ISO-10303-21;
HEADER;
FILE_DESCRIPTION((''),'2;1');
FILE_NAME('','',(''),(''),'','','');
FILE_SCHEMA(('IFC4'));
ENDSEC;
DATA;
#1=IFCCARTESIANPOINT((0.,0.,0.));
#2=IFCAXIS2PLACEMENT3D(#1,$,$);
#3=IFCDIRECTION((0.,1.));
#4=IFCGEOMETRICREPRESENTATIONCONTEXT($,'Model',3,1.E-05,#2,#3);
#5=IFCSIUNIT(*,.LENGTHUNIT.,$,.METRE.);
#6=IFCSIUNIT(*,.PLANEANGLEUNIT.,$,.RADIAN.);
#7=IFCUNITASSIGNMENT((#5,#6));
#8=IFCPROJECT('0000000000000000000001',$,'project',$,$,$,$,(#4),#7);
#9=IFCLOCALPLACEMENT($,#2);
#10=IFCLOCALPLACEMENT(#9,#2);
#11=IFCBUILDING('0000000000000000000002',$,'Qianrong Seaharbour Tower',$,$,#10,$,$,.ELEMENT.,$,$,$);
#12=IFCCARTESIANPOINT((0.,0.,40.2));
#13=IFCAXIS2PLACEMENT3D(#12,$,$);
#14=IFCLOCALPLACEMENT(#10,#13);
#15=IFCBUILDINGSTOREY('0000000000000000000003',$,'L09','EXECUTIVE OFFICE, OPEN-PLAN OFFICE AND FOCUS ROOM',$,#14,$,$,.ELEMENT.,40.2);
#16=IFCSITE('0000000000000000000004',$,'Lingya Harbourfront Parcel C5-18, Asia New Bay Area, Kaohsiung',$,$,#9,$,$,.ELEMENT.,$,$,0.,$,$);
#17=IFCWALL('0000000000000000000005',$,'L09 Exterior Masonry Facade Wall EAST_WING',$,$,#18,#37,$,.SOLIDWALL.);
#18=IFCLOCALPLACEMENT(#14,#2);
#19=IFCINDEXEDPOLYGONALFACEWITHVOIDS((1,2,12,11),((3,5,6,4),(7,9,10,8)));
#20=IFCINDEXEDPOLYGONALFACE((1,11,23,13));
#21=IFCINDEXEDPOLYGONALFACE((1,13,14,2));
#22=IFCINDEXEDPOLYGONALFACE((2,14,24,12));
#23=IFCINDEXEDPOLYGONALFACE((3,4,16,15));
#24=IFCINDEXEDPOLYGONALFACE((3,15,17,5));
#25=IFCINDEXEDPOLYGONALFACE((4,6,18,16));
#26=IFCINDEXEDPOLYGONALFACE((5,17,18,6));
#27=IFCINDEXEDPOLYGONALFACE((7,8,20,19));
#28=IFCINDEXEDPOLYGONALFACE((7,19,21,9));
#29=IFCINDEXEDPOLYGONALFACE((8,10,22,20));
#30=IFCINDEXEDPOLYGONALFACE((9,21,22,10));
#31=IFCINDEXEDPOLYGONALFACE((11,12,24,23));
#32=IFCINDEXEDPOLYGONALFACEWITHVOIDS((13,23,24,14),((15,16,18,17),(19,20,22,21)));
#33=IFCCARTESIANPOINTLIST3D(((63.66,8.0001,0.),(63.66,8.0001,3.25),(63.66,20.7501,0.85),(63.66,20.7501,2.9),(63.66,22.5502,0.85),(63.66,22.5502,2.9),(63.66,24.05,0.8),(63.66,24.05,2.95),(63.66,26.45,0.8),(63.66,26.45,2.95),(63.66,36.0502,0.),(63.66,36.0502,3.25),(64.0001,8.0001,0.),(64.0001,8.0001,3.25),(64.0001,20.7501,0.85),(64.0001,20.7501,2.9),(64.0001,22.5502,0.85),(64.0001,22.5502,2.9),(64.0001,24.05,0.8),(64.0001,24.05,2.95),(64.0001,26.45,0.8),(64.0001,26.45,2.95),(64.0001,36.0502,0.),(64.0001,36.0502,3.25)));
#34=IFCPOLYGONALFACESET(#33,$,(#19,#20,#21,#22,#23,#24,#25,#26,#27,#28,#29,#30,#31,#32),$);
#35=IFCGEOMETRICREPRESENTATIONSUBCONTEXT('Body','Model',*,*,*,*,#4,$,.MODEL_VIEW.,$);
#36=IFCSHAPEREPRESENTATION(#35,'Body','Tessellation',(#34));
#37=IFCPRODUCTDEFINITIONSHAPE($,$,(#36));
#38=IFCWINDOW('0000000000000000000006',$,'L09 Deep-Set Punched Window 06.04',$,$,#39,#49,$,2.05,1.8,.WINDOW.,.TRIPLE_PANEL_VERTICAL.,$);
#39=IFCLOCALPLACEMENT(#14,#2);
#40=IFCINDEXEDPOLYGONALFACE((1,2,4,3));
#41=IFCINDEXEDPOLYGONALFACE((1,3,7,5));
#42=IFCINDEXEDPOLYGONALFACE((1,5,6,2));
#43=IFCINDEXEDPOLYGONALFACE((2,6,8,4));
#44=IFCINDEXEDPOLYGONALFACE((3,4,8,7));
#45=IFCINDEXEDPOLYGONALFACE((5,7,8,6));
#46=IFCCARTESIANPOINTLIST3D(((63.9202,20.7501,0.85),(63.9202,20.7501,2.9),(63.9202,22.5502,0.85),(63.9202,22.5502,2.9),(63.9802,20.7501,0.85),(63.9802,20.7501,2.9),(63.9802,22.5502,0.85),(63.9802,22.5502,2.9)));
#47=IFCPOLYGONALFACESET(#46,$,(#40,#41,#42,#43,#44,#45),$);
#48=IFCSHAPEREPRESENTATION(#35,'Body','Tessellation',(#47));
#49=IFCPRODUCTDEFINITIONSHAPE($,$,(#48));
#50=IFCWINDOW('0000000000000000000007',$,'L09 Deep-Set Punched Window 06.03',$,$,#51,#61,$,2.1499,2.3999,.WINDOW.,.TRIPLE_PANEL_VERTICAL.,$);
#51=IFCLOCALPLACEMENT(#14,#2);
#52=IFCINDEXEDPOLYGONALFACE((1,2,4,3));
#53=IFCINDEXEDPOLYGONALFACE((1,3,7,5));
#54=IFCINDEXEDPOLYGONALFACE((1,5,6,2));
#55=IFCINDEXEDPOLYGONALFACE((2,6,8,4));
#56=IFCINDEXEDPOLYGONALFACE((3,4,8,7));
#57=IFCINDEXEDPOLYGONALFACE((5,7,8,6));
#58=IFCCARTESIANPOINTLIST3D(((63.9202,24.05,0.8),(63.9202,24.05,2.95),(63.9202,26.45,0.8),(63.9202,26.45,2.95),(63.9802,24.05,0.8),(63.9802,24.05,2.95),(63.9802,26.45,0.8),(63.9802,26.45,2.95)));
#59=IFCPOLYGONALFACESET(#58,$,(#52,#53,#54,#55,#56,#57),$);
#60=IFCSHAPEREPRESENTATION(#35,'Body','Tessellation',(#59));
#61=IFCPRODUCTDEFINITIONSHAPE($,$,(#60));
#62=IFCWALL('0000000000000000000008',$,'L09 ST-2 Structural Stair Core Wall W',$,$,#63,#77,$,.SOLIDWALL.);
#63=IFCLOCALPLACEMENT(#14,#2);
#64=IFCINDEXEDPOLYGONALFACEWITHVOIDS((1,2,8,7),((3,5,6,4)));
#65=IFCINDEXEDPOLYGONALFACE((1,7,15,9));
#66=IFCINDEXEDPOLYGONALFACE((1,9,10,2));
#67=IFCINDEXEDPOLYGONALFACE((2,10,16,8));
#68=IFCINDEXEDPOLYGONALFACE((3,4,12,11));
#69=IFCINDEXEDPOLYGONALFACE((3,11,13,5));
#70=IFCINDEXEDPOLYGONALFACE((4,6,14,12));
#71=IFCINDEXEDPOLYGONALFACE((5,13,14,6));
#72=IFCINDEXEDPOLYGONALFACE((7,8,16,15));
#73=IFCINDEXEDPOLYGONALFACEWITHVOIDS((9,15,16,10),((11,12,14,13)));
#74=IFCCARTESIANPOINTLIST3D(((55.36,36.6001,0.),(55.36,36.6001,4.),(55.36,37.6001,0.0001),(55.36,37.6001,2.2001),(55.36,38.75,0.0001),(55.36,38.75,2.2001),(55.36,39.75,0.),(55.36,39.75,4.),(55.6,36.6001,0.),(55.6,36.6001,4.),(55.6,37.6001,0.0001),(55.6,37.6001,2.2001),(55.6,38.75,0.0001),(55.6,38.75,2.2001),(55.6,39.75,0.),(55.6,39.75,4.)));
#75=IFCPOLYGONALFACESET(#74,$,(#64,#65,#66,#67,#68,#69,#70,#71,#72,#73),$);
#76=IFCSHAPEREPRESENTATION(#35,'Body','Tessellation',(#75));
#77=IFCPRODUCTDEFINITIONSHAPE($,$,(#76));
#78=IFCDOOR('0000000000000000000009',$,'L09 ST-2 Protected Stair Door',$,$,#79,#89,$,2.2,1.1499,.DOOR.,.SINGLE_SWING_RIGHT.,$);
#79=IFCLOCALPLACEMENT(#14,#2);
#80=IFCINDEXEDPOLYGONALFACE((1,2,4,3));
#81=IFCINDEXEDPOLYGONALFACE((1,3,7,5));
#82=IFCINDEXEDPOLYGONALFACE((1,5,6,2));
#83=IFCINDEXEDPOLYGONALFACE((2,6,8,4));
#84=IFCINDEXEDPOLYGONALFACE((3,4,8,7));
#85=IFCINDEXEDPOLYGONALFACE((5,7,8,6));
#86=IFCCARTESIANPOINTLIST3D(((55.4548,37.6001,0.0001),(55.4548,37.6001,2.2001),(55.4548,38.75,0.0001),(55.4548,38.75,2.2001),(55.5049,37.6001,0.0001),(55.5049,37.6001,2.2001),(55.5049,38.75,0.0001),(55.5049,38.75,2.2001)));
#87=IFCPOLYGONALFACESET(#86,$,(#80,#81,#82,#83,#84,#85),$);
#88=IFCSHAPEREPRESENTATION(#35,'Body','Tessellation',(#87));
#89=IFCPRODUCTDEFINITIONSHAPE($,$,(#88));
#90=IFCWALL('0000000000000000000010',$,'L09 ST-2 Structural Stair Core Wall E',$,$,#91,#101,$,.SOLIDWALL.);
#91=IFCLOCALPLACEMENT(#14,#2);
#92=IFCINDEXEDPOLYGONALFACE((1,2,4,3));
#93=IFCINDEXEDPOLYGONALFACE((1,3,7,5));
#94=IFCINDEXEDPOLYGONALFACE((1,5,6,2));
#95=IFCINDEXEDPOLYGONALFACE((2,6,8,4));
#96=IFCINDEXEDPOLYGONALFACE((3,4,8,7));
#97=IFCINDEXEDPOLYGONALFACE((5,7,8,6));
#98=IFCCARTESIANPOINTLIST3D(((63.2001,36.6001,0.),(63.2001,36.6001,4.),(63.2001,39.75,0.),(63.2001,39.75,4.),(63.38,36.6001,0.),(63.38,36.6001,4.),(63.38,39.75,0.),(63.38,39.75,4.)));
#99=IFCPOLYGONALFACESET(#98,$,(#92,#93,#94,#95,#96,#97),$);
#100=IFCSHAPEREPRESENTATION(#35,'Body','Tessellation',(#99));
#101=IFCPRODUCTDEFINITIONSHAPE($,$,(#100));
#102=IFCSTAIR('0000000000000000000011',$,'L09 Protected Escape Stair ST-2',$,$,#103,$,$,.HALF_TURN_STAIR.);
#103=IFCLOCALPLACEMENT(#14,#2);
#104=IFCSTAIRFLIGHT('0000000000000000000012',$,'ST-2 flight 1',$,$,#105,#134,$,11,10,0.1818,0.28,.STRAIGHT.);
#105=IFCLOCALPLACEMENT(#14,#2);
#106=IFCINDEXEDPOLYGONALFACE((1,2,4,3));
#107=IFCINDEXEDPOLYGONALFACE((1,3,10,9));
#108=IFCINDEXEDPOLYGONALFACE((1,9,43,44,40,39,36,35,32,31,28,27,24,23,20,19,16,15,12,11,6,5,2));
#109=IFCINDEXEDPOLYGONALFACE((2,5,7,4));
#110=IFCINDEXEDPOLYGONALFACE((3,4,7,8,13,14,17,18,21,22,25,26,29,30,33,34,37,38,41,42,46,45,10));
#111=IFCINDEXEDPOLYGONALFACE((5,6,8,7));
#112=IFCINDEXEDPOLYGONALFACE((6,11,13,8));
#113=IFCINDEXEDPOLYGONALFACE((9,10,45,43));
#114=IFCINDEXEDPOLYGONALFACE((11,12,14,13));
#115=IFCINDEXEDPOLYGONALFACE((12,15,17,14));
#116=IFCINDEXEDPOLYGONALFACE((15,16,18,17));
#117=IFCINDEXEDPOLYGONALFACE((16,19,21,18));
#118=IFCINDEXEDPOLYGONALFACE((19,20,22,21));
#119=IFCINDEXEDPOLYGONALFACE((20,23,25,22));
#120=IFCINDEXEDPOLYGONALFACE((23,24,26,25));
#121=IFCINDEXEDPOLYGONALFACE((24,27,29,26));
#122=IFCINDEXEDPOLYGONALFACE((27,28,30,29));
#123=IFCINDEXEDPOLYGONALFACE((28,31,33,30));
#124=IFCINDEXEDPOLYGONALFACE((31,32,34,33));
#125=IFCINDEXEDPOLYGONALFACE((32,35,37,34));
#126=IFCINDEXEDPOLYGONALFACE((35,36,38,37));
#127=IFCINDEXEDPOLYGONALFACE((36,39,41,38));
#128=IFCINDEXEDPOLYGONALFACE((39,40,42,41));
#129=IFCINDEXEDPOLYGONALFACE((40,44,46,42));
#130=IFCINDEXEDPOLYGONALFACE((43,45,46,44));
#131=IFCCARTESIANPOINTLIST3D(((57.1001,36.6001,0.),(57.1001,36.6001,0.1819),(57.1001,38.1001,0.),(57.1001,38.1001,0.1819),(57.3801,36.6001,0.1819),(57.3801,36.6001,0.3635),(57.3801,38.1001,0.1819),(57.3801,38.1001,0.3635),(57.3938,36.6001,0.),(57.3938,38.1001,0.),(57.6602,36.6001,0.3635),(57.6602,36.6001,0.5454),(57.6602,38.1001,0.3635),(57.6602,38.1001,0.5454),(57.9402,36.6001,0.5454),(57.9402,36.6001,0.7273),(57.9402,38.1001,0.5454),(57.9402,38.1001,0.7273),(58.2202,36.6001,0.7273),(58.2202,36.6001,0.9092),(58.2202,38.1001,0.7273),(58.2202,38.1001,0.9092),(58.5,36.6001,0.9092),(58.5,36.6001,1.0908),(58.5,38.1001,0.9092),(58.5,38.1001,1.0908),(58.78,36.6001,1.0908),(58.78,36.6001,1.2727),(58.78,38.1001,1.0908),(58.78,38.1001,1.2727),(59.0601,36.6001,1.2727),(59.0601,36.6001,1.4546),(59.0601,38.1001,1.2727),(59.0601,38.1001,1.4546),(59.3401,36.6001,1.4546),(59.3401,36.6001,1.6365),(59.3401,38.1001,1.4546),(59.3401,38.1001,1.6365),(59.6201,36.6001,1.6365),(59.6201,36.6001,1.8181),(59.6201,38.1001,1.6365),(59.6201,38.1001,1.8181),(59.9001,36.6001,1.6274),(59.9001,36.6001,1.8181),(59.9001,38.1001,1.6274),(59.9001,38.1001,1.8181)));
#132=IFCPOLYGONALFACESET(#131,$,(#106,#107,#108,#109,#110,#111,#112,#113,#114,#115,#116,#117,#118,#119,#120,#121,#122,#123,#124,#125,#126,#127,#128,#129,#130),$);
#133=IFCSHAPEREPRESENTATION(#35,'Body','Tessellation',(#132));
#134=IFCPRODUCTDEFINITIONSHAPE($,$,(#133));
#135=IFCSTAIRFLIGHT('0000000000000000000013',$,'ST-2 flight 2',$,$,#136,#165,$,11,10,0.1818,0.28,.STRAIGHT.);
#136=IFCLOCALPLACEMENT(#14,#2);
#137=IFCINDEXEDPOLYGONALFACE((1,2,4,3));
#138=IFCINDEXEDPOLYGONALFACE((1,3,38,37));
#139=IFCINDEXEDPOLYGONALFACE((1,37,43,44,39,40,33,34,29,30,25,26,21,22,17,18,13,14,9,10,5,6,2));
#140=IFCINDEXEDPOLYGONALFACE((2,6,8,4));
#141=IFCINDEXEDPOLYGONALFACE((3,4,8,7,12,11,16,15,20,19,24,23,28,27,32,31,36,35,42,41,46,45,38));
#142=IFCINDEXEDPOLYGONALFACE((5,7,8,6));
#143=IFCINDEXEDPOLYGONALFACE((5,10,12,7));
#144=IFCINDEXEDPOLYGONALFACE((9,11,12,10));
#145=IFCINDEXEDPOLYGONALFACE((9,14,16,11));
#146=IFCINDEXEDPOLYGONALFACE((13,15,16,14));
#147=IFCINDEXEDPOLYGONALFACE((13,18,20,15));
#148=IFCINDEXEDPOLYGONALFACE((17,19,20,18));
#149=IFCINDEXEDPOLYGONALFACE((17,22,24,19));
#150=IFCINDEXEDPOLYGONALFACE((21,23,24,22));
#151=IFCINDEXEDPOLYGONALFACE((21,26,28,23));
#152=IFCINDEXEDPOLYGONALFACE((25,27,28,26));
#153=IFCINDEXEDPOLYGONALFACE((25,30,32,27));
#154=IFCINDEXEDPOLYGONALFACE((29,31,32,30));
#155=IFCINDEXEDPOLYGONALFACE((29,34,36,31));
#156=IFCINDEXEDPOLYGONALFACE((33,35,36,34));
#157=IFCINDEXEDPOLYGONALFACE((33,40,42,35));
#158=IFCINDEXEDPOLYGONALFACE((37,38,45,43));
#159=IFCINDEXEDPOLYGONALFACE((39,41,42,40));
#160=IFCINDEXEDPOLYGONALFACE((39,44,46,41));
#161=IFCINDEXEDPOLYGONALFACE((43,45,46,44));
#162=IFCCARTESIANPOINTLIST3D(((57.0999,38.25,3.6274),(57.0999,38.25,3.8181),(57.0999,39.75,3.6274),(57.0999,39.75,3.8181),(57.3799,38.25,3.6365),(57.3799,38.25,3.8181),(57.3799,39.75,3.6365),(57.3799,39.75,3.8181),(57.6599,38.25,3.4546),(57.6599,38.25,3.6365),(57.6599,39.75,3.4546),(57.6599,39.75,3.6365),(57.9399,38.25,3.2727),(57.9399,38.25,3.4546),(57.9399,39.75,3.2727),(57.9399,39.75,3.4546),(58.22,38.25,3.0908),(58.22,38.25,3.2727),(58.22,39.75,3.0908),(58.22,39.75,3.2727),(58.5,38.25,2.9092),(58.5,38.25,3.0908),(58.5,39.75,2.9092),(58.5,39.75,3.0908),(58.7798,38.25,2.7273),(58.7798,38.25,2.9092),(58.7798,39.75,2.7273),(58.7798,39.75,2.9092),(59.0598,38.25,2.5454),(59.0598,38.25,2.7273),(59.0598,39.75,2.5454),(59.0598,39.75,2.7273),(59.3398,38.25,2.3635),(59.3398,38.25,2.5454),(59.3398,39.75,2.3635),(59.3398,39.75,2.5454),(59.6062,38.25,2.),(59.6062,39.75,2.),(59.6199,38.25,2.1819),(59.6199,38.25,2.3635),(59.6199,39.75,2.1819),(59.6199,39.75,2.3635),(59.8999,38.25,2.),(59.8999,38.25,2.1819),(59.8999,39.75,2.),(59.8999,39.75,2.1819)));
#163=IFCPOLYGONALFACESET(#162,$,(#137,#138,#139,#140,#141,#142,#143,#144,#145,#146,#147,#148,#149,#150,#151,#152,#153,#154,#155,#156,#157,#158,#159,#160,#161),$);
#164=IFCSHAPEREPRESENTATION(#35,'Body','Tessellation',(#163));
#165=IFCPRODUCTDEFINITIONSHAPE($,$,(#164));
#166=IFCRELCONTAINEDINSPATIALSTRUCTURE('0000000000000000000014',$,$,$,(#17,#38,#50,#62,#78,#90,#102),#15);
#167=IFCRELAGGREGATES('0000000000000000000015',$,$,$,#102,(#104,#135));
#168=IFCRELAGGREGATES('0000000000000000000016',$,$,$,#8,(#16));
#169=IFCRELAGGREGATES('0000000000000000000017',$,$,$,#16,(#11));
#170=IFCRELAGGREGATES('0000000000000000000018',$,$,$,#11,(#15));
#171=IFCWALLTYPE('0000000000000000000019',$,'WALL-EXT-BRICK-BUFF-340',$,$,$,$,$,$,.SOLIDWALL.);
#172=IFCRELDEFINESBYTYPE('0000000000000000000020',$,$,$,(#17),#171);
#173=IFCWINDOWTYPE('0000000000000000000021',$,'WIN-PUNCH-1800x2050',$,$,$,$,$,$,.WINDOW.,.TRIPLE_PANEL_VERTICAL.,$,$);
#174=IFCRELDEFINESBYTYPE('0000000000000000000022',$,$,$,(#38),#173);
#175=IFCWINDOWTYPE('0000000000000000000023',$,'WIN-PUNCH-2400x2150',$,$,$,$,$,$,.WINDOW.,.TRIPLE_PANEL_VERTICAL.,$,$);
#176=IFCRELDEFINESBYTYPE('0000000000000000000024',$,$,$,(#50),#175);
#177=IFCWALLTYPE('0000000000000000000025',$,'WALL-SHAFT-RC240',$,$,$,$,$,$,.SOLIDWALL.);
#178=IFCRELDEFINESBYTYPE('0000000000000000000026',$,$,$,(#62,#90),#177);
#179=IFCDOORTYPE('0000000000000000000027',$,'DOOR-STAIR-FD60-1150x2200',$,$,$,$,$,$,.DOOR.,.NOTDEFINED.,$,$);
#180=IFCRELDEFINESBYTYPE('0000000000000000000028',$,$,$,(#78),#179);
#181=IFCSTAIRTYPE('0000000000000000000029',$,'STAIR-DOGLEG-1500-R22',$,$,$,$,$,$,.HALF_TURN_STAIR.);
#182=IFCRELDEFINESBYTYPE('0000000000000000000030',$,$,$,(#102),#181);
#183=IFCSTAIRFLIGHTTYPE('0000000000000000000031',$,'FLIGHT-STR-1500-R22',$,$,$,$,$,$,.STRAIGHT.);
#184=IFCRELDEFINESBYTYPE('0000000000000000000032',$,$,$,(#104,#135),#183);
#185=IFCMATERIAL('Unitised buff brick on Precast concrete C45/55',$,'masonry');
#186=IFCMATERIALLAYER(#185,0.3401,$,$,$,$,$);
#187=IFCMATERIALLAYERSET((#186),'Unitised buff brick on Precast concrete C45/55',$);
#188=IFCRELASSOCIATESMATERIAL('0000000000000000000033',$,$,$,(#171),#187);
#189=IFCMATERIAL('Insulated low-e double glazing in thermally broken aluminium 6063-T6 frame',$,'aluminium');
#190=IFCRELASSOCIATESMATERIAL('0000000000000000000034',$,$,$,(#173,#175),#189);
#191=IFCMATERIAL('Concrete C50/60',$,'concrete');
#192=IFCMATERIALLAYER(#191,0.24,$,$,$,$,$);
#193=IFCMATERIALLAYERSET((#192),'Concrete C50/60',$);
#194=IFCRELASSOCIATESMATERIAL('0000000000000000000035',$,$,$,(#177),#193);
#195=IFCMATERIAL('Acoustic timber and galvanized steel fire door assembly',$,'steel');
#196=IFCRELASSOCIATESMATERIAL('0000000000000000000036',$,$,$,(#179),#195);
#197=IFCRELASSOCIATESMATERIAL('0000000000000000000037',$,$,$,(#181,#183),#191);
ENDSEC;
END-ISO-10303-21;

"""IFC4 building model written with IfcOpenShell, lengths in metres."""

from ifc_helpers import new_model, si_unit, direction, frame, frame_2d, origin, place, context, subcontext, project, spatial, polyline, rectangle, outline, extrude, material, layer, layer_set, type_object, element, fill, aggregate, save


model = new_model("IFC4")

# Units and contexts
model_context = context("Model", 3, precision=1e-05, world=origin(), true_north=direction((0.0, 1.0)))
body_context = subcontext(model_context, "Body", "Model", "MODEL_VIEW")
ifc_project = project(units=[si_unit("LENGTHUNIT", "METRE"), si_unit("PLANEANGLEUNIT", "RADIAN")], contexts=[model_context])

# Site, building, storey
site_placement = place(None, origin())
site = spatial("IfcSite", under=ifc_project, at=site_placement, Name="Lingya Harbourfront Parcel C5-18, Asia New Bay Area, Kaohsiung", CompositionType="ELEMENT", RefElevation=0.0)
building_placement = place(site_placement, origin())
building = spatial("IfcBuilding", under=site, at=building_placement, Name="Qianrong Seaharbour Tower", CompositionType="ELEMENT")
storey_placement = place(building_placement, frame((0.0, 0.0, 40.2)))
storey = spatial("IfcBuildingStorey", under=building, at=storey_placement, Name="L09", Description="EXECUTIVE OFFICE, OPEN-PLAN OFFICE AND FOCUS ROOM", CompositionType="ELEMENT", Elevation=40.2)

# Shared definitions
ifc_material_1 = material(Name="Acoustic timber and galvanized steel fire door assembly", Category="steel")

# Wall, openings, windows
ifc_material_2 = material(Name="Unitised buff brick on Precast concrete C45/55", Category="masonry")
ifc_layer_1 = layer(ifc_material_2, 0.3401)
ifc_layer_set_1 = layer_set([ifc_layer_1], Name="Unitised buff brick on Precast concrete C45/55")
wall_type_1 = type_object("IfcWallType", Name="WALL-EXT-BRICK-BUFF-340", PredefinedType="SOLIDWALL", material=ifc_layer_set_1)
wall_1_placement = place(storey_placement, frame((63.8301, 36.05, 0.0), z_axis=(0.0, 0.0, 1.0), x_axis=(0.0, -1.0, 0.0)))
wall_1 = element("IfcWall", 1, at=wall_1_placement, inside=storey, type_object=wall_type_1, Name="L09 Exterior Masonry Facade Wall EAST_WING", PredefinedType="SOLIDWALL", context=body_context, shape_type="SweptSolid", body=[
    extrude(rectangle(XDim=28.05, YDim=0.3401, at=frame_2d((14.0249, 0.0))), origin(), (0.0, 0.0, 1.0), 3.25),
])
opening_1_placement = place(wall_1_placement, frame((9.6001, 0.0, 0.8)))
opening_1 = element("IfcOpeningElement", 2, at=opening_1_placement, cuts=wall_1, PredefinedType="OPENING", context=body_context, shape_type="SweptSolid", body=[
    extrude(rectangle(XDim=2.3999, YDim=2.1499, at=frame_2d((1.2, 1.075))), frame((0.0, 0.1802, 0.0), z_axis=(0.0, -1.0, 0.0), x_axis=(1.0, 0.0, 0.0)), (0.0, 0.0, 1.0), 0.3601),
])
opening_2_placement = place(wall_1_placement, frame((13.5, 0.0, 0.8501)))
opening_2 = element("IfcOpeningElement", 3, at=opening_2_placement, cuts=wall_1, PredefinedType="OPENING", context=body_context, shape_type="SweptSolid", body=[
    extrude(rectangle(XDim=1.8, YDim=2.05, at=frame_2d((0.8999, 1.0249))), frame((0.0, 0.1802, 0.0), z_axis=(0.0, -1.0, 0.0), x_axis=(1.0, 0.0, 0.0)), (0.0, 0.0, 1.0), 0.3601),
])
ifc_material_3 = material(Name="Insulated low-e double glazing in thermally broken aluminium 6063-T6 frame", Category="aluminium")
window_type_1 = type_object("IfcWindowType", Name="WIN-PUNCH-1800x2050", PartitioningType="TRIPLE_PANEL_VERTICAL", PredefinedType="WINDOW", material=ifc_material_3)
window_1_placement = place(opening_2_placement, origin())
window_1 = element("IfcWindow", 4, at=window_1_placement, inside=storey, type_object=window_type_1, Name="L09 Deep-Set Punched Window 06.04", OverallHeight=2.05, OverallWidth=1.8, PartitioningType="TRIPLE_PANEL_VERTICAL", PredefinedType="WINDOW", context=body_context, shape_type="SweptSolid", body=[
    extrude(rectangle(XDim=1.8, YDim=2.05, at=frame_2d((0.8999, 1.0249))), frame((0.0, 0.1501, 0.0), z_axis=(0.0, -1.0, 0.0), x_axis=(1.0, 0.0, 0.0)), (0.0, 0.0, 1.0), 0.0601),
])
fill(opening_2, window_1)
window_type_2 = type_object("IfcWindowType", Name="WIN-PUNCH-2400x2150", PartitioningType="TRIPLE_PANEL_VERTICAL", PredefinedType="WINDOW", material=ifc_material_3)
window_2_placement = place(opening_1_placement, origin())
window_2 = element("IfcWindow", 5, at=window_2_placement, inside=storey, type_object=window_type_2, Name="L09 Deep-Set Punched Window 06.03", OverallHeight=2.1499, OverallWidth=2.3999, PartitioningType="TRIPLE_PANEL_VERTICAL", PredefinedType="WINDOW", context=body_context, shape_type="SweptSolid", body=[
    extrude(rectangle(XDim=2.3999, YDim=2.1499, at=frame_2d((1.2, 1.075))), frame((0.0, 0.1501, 0.0), z_axis=(0.0, -1.0, 0.0), x_axis=(1.0, 0.0, 0.0)), (0.0, 0.0, 1.0), 0.0601),
])
fill(opening_1, window_2)

# Wall, opening, door
ifc_material_4 = material(Name="Concrete C50/60", Category="concrete")
ifc_layer_2 = layer(ifc_material_4, 0.24)
ifc_layer_set_2 = layer_set([ifc_layer_2], Name="Concrete C50/60")
wall_type_2 = type_object("IfcWallType", Name="WALL-SHAFT-RC240", PredefinedType="SOLIDWALL", material=ifc_layer_set_2)
wall_2_placement = place(storey_placement, frame((55.48, 39.75, 0.0), z_axis=(0.0, 0.0, 1.0), x_axis=(0.0, -1.0, 0.0)))
wall_2 = element("IfcWall", 6, at=wall_2_placement, inside=storey, type_object=wall_type_2, Name="L09 ST-2 Structural Stair Core Wall W", PredefinedType="SOLIDWALL", context=body_context, shape_type="SweptSolid", body=[
    extrude(rectangle(XDim=3.1499, YDim=0.24, at=frame_2d((1.575, 0.0))), origin(), (0.0, 0.0, 1.0), 4.0),
])
opening_3_placement = place(wall_2_placement, frame((1.0, 0.0, 0.0)))
opening_3 = element("IfcOpeningElement", 7, at=opening_3_placement, cuts=wall_2, PredefinedType="OPENING", context=body_context, shape_type="SweptSolid", body=[
    extrude(rectangle(XDim=1.1499, YDim=2.2, at=frame_2d((0.575, 1.1001))), frame((0.0, 0.1299, 0.0), z_axis=(0.0, -1.0, 0.0), x_axis=(1.0, 0.0, 0.0)), (0.0, 0.0, 1.0), 0.26),
])
door_type_1 = type_object("IfcDoorType", Name="DOOR-STAIR-FD60-1150x2200", OperationType="NOTDEFINED", PredefinedType="DOOR", material=ifc_material_1)
door_1_placement = place(opening_3_placement, origin())
door_1 = element("IfcDoor", 8, at=door_1_placement, inside=storey, type_object=door_type_1, Name="L09 ST-2 Protected Stair Door", OperationType="SINGLE_SWING_RIGHT", OverallHeight=2.2, OverallWidth=1.1499, PredefinedType="DOOR", context=body_context, shape_type="SweptSolid", body=[
    extrude(rectangle(XDim=1.1499, YDim=2.2, at=frame_2d((0.575, 1.1001))), frame((0.0, 0.0249, 0.0), z_axis=(0.0, -1.0, 0.0), x_axis=(1.0, 0.0, 0.0)), (0.0, 0.0, 1.0), 0.05),
])
fill(opening_3, door_1)

# Wall
wall_3_placement = place(storey_placement, frame((63.29, 36.6001, 0.0), z_axis=(0.0, 0.0, 1.0), x_axis=(0.0, 1.0, 0.0)))
element("IfcWall", 9, at=wall_3_placement, inside=storey, type_object=wall_type_2, Name="L09 ST-2 Structural Stair Core Wall E", PredefinedType="SOLIDWALL", context=body_context, shape_type="SweptSolid", body=[
    extrude(rectangle(XDim=3.1499, YDim=0.1799, at=frame_2d((1.575, 0.0))), origin(), (0.0, 0.0, 1.0), 4.0),
])

# Stair, stair flights
stair_type = type_object("IfcStairType", Name="STAIR-DOGLEG-1500-R22", PredefinedType="HALF_TURN_STAIR", material=ifc_material_4)
stair_placement = place(storey_placement, origin())
stair = element("IfcStair", 10, at=stair_placement, inside=storey, type_object=stair_type, Name="L09 Protected Escape Stair ST-2", PredefinedType="HALF_TURN_STAIR")
stair_flight_type = type_object("IfcStairFlightType", Name="FLIGHT-STR-1500-R22", PredefinedType="STRAIGHT", material=ifc_material_4)
stair_flight_1_placement = place(storey_placement, frame((57.1001, 37.3501, 0.0), z_axis=(0.0, 0.0, 1.0), x_axis=(1.0, 0.0, 0.0)))
stair_flight_1 = element("IfcStairFlight", 11, at=stair_flight_1_placement, type_object=stair_flight_type, Name="ST-2 flight 1", NumberOfRisers=11, NumberOfTreads=10, PredefinedType="STRAIGHT", RiserHeight=0.1818, TreadLength=0.28, context=body_context, shape_type="SweptSolid", body=[
    extrude(outline(polyline([(0.0, 0.0), (0.0, 0.1819), (0.28, 0.1819), (0.28, 0.3635), (0.5601, 0.3635), (0.5601, 0.5454), (0.8401, 0.5454), (0.8401, 0.7273), (1.1201, 0.7273), (1.1201, 0.9092), (1.3999, 0.9092), (1.3999, 1.0908), (1.6799, 1.0908), (1.6799, 1.2727), (1.96, 1.2727), (1.96, 1.4546), (2.24, 1.4546), (2.24, 1.6365), (2.52, 1.6365), (2.52, 1.8181), (2.8, 1.8181), (2.8, 2.0), (2.8, 1.6274), (0.2937, 0.0), (0.0, 0.0)])), frame((0.0, 0.75, 0.0), z_axis=(0.0, -1.0, 0.0), x_axis=(1.0, 0.0, 0.0)), (0.0, 0.0, 1.0), 1.5),
])
stair_flight_2_placement = place(storey_placement, frame((59.8999, 39.0, 2.0), z_axis=(0.0, 0.0, 1.0), x_axis=(-1.0, 0.0, 0.0)))
stair_flight_2 = element("IfcStairFlight", 12, at=stair_flight_2_placement, type_object=stair_flight_type, Name="ST-2 flight 2", NumberOfRisers=11, NumberOfTreads=10, PredefinedType="STRAIGHT", RiserHeight=0.1818, TreadLength=0.28, context=body_context, shape_type="SweptSolid", body=[
    extrude(outline(polyline([(0.0, 0.0), (0.0, 0.1819), (0.28, 0.1819), (0.28, 0.3635), (0.5601, 0.3635), (0.5601, 0.5454), (0.8401, 0.5454), (0.8401, 0.7273), (1.1201, 0.7273), (1.1201, 0.9092), (1.3999, 0.9092), (1.3999, 1.0908), (1.6799, 1.0908), (1.6799, 1.2727), (1.96, 1.2727), (1.96, 1.4546), (2.24, 1.4546), (2.24, 1.6365), (2.52, 1.6365), (2.52, 1.8181), (2.8, 1.8181), (2.8, 2.0), (2.8, 1.6274), (0.2937, 0.0), (0.0, 0.0)])), frame((0.0, 0.75, 0.0), z_axis=(0.0, -1.0, 0.0), x_axis=(1.0, 0.0, 0.0)), (0.0, 0.0, 1.0), 1.5),
])
aggregate(stair, [stair_flight_1, stair_flight_2])

save(model, "model.ifc")
